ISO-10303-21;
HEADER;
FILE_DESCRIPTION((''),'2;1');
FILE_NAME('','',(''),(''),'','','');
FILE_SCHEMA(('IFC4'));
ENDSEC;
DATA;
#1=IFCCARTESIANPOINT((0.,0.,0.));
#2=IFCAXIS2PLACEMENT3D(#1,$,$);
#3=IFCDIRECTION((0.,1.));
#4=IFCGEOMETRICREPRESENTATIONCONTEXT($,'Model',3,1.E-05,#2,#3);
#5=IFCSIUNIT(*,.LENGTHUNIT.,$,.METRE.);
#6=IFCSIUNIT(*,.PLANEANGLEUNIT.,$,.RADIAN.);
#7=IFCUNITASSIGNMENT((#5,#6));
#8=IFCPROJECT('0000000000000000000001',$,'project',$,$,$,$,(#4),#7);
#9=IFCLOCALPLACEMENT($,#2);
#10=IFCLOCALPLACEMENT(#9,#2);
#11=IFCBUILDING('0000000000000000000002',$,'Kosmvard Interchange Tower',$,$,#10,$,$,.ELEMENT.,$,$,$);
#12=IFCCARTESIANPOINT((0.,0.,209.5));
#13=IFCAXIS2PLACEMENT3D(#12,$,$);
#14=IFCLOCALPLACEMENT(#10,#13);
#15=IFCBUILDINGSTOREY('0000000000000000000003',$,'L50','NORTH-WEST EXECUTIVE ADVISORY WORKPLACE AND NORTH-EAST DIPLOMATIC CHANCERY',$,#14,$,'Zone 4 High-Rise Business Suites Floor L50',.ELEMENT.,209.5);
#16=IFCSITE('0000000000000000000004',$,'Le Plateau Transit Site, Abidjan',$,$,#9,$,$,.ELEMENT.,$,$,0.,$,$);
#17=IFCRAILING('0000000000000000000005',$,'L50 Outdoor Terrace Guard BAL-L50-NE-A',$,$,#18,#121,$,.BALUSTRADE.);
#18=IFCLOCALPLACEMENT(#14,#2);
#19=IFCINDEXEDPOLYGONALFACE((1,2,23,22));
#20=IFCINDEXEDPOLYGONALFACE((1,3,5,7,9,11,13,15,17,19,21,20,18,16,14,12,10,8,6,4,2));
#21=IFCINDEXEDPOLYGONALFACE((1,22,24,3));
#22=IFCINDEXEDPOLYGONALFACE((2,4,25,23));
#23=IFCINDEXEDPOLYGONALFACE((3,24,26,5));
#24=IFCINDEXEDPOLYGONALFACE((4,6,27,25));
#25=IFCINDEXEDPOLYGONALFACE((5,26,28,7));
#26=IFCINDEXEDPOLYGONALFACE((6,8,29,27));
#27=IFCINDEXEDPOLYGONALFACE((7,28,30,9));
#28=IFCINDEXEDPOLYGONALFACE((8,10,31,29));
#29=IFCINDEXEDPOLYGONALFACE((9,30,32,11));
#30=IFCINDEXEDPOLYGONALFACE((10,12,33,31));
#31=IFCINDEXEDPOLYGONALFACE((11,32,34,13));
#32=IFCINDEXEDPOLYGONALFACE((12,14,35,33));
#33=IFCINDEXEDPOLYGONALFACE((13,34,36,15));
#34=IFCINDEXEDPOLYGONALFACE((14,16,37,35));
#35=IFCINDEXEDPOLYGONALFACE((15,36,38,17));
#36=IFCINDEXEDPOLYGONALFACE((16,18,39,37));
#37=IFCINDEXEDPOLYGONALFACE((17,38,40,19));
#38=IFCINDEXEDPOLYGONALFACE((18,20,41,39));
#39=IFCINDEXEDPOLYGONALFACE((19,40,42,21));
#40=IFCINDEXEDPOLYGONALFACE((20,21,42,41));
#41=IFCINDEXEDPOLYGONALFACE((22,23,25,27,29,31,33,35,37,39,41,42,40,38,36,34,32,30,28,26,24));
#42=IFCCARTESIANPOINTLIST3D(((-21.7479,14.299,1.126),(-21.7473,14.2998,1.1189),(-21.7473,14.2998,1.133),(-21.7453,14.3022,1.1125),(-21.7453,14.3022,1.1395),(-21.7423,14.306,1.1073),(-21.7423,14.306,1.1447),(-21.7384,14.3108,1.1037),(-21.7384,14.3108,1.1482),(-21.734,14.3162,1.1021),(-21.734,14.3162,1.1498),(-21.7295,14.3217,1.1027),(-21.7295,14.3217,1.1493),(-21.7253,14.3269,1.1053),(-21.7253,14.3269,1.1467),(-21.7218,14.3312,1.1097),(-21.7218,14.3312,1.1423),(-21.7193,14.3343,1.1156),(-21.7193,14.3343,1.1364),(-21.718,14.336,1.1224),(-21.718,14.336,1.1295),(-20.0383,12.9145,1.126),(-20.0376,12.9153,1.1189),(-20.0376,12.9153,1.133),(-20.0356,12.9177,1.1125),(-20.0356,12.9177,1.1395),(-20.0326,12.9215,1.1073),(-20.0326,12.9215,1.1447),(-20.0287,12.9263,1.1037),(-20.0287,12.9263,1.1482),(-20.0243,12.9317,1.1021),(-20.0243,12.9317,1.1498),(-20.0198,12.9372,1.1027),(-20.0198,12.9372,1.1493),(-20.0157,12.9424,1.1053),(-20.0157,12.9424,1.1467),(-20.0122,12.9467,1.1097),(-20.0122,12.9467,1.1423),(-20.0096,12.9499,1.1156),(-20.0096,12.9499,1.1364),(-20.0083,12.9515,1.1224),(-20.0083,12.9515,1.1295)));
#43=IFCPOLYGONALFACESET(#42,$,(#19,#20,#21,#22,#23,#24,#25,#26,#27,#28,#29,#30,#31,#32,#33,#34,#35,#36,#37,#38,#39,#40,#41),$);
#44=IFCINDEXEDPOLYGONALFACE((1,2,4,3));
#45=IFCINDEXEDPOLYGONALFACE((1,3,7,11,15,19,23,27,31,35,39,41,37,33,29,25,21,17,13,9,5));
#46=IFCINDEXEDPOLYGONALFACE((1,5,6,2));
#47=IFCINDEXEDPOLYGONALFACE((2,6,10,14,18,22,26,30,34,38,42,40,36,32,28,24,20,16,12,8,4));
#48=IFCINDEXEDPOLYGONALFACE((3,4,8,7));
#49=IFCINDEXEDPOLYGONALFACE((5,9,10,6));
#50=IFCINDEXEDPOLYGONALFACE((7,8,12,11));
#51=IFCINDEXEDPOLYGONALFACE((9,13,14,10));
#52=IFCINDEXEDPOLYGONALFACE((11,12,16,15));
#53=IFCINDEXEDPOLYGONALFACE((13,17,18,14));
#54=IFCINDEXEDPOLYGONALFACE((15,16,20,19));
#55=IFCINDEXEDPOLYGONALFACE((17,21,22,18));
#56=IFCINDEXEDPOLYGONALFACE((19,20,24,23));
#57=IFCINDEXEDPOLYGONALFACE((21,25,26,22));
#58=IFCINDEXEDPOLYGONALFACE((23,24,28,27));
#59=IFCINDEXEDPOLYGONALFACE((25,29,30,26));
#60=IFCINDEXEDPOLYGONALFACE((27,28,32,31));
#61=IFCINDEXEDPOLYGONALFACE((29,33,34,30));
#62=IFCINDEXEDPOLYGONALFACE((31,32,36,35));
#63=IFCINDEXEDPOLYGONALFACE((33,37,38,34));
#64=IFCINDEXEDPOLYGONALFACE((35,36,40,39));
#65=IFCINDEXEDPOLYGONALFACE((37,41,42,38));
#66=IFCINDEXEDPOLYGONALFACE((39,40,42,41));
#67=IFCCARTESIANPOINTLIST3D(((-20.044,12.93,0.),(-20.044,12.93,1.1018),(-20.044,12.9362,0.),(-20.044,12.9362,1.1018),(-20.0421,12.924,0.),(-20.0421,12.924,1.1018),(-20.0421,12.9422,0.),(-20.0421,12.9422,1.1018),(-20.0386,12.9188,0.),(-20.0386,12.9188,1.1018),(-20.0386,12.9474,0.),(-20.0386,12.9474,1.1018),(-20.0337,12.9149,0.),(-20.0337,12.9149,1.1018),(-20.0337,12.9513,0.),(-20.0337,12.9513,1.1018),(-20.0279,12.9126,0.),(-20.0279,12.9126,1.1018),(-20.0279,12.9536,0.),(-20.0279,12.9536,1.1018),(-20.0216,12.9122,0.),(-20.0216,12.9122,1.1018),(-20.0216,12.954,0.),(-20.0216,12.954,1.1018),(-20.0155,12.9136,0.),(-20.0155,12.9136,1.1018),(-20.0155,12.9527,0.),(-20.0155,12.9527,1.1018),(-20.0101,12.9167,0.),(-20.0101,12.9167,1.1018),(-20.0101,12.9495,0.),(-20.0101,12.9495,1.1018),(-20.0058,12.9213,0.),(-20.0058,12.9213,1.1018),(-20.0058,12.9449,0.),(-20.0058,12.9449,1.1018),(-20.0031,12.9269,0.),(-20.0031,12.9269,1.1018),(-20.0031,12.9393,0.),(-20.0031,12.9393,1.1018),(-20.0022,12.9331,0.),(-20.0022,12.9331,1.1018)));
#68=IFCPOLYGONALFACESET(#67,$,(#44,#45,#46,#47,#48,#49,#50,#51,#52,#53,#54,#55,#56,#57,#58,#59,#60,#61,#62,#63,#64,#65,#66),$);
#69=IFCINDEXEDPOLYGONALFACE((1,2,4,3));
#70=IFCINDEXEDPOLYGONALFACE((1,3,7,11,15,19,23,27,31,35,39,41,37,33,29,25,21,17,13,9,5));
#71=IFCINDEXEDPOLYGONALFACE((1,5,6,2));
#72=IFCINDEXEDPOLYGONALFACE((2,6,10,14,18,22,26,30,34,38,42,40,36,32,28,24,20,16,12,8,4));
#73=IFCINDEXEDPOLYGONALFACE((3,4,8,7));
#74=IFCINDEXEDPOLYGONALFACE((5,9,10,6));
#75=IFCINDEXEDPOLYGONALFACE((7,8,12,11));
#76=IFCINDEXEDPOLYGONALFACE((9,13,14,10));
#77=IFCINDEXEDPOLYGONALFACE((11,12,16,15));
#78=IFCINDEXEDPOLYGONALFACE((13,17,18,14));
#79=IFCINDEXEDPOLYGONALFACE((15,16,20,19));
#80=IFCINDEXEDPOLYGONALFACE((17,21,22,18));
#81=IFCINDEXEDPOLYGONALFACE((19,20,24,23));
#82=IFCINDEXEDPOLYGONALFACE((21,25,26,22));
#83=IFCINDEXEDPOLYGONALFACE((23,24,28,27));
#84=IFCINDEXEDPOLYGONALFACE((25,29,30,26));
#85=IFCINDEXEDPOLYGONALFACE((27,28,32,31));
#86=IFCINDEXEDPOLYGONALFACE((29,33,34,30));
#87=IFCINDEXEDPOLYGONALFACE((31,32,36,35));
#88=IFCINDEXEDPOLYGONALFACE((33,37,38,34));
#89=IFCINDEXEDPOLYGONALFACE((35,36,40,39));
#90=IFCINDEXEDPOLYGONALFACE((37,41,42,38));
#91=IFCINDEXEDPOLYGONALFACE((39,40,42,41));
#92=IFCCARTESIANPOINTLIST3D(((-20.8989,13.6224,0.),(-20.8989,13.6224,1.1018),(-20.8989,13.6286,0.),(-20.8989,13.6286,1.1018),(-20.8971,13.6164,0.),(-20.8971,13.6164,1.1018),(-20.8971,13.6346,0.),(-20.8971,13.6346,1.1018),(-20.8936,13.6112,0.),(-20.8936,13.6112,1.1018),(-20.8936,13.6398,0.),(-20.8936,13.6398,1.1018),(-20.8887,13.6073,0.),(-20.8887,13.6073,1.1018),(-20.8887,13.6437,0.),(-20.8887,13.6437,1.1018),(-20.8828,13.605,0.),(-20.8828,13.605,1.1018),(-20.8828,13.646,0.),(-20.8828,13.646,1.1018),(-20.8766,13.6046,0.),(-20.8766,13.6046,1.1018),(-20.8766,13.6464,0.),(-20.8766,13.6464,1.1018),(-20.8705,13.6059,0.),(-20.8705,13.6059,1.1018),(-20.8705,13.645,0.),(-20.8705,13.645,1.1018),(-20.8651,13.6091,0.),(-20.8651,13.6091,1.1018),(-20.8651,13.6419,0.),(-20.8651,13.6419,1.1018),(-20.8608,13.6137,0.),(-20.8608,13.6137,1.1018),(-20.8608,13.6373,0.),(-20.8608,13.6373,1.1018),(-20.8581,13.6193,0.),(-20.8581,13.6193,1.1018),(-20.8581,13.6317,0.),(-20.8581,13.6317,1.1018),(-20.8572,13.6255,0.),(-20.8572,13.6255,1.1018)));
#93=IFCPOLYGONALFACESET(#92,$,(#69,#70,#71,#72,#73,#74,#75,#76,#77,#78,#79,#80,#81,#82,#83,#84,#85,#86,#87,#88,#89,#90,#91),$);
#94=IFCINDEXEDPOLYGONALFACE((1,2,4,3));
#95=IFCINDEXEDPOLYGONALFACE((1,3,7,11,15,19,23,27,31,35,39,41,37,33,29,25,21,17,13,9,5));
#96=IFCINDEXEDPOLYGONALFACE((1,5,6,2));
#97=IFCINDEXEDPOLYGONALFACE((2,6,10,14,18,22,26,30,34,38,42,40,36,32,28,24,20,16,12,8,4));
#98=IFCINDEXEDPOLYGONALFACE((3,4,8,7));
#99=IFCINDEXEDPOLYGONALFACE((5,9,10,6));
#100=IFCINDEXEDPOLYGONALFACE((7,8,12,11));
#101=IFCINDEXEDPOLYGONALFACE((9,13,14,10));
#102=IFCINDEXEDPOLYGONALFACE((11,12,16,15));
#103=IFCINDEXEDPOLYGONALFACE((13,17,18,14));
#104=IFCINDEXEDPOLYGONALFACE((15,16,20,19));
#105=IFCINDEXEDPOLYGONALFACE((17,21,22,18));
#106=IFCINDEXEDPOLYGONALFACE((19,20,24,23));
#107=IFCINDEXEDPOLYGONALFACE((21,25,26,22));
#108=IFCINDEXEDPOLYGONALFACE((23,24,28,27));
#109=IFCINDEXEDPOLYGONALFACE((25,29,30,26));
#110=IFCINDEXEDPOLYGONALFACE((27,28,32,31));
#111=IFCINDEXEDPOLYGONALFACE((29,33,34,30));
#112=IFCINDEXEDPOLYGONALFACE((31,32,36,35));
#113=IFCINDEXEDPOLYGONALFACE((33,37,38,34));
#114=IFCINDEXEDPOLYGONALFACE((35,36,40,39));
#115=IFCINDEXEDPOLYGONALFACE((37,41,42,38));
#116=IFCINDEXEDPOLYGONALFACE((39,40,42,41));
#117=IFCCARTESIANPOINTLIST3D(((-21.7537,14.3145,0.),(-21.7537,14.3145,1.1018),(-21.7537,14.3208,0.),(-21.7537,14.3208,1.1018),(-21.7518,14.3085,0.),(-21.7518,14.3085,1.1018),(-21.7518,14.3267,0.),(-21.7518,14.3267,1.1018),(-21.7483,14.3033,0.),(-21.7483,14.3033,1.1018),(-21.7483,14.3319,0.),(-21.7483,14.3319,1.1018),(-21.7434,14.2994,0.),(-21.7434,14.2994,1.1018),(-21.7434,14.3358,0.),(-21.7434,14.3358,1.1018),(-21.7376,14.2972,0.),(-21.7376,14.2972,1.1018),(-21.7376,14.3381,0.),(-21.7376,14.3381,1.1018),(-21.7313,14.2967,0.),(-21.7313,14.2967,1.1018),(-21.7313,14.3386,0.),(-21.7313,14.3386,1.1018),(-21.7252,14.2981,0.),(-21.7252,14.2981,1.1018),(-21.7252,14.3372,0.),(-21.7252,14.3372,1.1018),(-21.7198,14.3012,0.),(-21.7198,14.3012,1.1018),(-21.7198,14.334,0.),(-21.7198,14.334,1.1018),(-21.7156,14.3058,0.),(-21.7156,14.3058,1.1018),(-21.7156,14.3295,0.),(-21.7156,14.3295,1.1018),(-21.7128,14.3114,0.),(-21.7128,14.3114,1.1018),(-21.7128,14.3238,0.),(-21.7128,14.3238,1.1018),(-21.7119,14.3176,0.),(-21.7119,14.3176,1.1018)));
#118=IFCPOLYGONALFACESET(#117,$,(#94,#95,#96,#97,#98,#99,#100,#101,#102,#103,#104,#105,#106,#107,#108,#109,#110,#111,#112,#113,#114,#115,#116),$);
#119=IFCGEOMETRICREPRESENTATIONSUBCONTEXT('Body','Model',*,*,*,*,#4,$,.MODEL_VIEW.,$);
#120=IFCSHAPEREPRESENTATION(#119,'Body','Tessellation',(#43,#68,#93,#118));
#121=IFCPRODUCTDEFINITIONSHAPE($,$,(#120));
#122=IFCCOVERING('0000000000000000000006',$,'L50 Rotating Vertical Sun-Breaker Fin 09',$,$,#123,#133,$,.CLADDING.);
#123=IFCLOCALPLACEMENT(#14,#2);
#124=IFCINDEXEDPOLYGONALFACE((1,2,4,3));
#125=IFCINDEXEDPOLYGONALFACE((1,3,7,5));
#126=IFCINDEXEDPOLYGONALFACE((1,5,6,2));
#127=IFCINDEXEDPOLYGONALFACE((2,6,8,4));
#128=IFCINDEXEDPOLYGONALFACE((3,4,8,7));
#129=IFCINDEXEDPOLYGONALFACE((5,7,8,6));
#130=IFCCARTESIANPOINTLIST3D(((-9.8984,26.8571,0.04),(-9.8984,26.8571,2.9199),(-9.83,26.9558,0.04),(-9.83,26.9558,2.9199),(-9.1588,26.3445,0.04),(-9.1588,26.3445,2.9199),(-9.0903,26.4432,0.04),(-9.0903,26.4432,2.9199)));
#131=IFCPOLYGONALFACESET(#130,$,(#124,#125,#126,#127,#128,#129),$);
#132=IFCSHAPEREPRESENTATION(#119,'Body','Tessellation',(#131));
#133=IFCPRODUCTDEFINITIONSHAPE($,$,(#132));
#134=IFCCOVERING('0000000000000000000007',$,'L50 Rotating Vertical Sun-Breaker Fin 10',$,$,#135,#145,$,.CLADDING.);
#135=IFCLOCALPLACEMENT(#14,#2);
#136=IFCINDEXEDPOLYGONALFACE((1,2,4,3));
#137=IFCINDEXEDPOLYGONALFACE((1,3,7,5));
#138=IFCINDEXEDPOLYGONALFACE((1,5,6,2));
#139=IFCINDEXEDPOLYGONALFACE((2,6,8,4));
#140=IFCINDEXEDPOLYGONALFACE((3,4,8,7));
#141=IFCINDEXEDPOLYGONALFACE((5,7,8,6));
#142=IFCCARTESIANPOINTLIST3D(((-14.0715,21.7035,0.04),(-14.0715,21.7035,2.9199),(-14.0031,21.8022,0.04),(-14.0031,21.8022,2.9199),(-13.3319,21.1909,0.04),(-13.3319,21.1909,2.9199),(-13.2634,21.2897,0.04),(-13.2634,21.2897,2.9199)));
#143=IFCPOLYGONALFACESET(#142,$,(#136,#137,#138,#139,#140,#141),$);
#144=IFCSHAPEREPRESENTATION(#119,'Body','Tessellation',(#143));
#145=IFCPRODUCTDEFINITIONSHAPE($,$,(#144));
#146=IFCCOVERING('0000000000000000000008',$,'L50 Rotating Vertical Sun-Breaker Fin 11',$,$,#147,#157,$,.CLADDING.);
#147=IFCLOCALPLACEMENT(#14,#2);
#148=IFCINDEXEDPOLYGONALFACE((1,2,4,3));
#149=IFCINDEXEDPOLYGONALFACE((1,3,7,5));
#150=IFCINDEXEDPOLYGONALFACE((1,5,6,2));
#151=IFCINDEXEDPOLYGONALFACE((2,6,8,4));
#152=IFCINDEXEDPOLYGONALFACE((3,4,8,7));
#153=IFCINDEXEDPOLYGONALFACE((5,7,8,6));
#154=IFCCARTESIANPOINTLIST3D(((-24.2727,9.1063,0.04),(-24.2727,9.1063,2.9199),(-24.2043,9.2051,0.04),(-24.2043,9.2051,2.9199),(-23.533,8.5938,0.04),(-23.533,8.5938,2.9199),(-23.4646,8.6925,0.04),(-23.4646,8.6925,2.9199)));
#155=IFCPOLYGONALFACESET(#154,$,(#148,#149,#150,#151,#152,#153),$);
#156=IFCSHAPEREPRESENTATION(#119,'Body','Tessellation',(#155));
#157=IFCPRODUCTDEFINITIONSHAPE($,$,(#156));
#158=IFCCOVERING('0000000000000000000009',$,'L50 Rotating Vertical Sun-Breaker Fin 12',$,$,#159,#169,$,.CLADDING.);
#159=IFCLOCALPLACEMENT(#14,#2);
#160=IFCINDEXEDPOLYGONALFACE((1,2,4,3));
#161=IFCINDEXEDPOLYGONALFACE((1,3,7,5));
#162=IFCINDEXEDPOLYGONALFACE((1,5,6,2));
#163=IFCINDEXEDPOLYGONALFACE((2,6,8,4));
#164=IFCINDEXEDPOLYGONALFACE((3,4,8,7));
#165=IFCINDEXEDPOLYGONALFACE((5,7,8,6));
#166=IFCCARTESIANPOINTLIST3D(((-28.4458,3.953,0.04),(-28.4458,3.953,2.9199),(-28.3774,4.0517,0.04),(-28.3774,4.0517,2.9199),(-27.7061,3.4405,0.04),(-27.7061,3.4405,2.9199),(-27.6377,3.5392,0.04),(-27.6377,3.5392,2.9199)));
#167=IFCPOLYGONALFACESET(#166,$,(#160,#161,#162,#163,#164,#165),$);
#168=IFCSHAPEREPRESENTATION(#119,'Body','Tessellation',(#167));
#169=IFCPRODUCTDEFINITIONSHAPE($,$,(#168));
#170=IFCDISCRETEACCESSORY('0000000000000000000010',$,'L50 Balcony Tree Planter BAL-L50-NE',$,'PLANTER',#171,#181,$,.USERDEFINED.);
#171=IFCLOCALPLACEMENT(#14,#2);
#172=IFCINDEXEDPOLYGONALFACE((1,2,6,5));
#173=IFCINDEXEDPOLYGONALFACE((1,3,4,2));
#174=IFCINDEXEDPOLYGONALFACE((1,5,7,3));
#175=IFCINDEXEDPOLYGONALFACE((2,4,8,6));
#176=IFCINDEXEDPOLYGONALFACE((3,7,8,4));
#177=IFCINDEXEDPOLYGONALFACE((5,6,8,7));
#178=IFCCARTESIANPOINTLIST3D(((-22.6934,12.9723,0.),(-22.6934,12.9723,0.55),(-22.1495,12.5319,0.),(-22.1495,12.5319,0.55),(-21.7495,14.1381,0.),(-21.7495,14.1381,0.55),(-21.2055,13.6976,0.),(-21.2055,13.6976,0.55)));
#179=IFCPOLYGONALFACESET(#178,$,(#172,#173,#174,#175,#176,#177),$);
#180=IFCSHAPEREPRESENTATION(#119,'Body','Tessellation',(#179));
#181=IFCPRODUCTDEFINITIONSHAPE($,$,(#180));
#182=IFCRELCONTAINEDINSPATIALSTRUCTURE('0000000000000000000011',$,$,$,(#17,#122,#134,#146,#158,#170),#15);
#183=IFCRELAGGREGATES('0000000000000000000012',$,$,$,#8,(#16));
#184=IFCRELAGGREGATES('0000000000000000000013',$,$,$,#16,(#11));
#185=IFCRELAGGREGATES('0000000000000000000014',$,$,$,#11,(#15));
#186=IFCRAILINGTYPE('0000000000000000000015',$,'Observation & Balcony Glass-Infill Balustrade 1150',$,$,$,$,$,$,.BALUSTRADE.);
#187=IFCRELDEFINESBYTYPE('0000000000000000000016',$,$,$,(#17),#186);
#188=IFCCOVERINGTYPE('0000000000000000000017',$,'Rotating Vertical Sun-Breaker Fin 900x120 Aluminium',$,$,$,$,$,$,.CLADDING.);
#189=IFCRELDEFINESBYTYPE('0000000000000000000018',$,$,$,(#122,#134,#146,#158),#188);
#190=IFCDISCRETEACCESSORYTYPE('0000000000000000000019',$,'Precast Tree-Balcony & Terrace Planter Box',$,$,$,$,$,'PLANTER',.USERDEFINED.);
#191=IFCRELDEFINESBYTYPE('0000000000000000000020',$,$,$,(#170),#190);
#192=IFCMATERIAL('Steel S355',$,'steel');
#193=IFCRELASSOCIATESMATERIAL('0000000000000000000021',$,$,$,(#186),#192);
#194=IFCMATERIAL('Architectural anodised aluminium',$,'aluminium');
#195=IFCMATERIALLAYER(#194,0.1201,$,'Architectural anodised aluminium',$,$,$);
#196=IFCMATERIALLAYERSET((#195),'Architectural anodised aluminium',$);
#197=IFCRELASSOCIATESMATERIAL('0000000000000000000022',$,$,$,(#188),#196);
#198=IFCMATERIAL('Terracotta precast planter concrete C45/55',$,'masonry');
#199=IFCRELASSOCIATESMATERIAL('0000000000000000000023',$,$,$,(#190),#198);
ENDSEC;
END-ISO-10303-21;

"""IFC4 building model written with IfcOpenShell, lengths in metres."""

from ifc_helpers import new_model, si_unit, direction, frame, origin, origin_2d, place, context, subcontext, project, spatial, rectangle, circle, extrude, source, transform, mapped, material, layer, layer_set, type_object, element, save


model = new_model("IFC4")

# Units and contexts
model_context = context("Model", 3, precision=1e-05, world=origin(), true_north=direction((0.0, 1.0)))
body_context = subcontext(model_context, "Body", "Model", "MODEL_VIEW")
ifc_project = project(units=[si_unit("LENGTHUNIT", "METRE"), si_unit("PLANEANGLEUNIT", "RADIAN")], contexts=[model_context])

# Site, building, storey
site_placement = place(None, origin())
site = spatial("IfcSite", under=ifc_project, at=site_placement, Name="Le Plateau Transit Site, Abidjan", CompositionType="ELEMENT", RefElevation=0.0)
building_placement = place(site_placement, origin())
building = spatial("IfcBuilding", under=site, at=building_placement, Name="Kosmvard Interchange Tower", CompositionType="ELEMENT")
storey_placement = place(building_placement, frame((0.0, 0.0, 209.5)))
storey = spatial("IfcBuildingStorey", under=building, at=storey_placement, Name="L50", Description="NORTH-WEST EXECUTIVE ADVISORY WORKPLACE AND NORTH-EAST DIPLOMATIC CHANCERY", LongName="Zone 4 High-Rise Business Suites Floor L50", CompositionType="ELEMENT", Elevation=209.5)

# Shared definitions
ifc_material_1 = material(Name="Steel S355", Category="steel")

# Railing
railing_type = type_object("IfcRailingType", Name="Observation & Balcony Glass-Infill Balustrade 1150", PredefinedType="BALUSTRADE", material=ifc_material_1)
shared_shape_1 = source(origin(), body_context, "Body", "SweptSolid", [
    extrude(circle(Radius=0.0239, at=origin_2d()), frame((0.0, 0.0, 1.126), z_axis=(-0.777141, 0.629326, 0.0), x_axis=(-0.629326, -0.777141, 0.0)), (0.0, 0.0, 1.0), 2.2),
    extrude(circle(Radius=0.021, at=origin_2d()), origin(), (0.0, 0.0, 1.0), 1.1018),
    extrude(circle(Radius=0.021, at=origin_2d()), frame((-0.855, 0.6924, 0.0)), (0.0, 0.0, 1.0), 1.1018),
    extrude(circle(Radius=0.021, at=origin_2d()), frame((-1.7097, 1.3845, 0.0)), (0.0, 0.0, 1.0), 1.1018),
])
railing_1_placement = place(storey_placement, frame((-20.0232, 12.9331, 0.0)))
element("IfcRailing", 1, at=railing_1_placement, inside=storey, type_object=railing_type, Name="L50 Outdoor Terrace Guard BAL-L50-NE-A", PredefinedType="BALUSTRADE", context=body_context, shape_type="MappedRepresentation", body=[
    mapped(shared_shape_1, transform((0.0, 0.0, 0.0), scale=1.0)),
])

# Coverings
ifc_material_2 = material(Name="Architectural anodised aluminium", Category="aluminium")
ifc_layer_1 = layer(ifc_material_2, 0.1201, Name="Architectural anodised aluminium")
ifc_layer_set_1 = layer_set([ifc_layer_1], Name="Architectural anodised aluminium")
covering_type = type_object("IfcCoveringType", Name="Rotating Vertical Sun-Breaker Fin 900x120 Aluminium", PredefinedType="CLADDING", material=ifc_layer_set_1)
shared_shape_2 = source(origin(), body_context, "Body", "SweptSolid", [
    extrude(rectangle(XDim=0.8999, YDim=0.1201, at=origin_2d()), origin(), (0.0, 0.0, 1.0), 2.8799),
])
for number, where, z_axis, x_axis, name in (
    (2, (-9.4944, 26.6501, 0.04), (0.0, 0.0, 1.0), (-0.821945, 0.569566, 0.0), "L50 Rotating Vertical Sun-Breaker Fin 09"),
    (3, (-13.6675, 21.4966, 0.04), (0.0, 0.0, 1.0), (-0.821945, 0.569566, 0.0), "L50 Rotating Vertical Sun-Breaker Fin 10"),
    (4, (-23.8687, 8.8994, 0.04), (0.0, 0.0, 1.0), (-0.821945, 0.569566, 0.0), "L50 Rotating Vertical Sun-Breaker Fin 11"),
    (5, (-28.0417, 3.7461, 0.04), (0.0, 0.0, 1.0), (-0.821945, 0.569566, 0.0), "L50 Rotating Vertical Sun-Breaker Fin 12"),
):
    element("IfcCovering", number, at=place(storey_placement, frame(where, z_axis=z_axis, x_axis=x_axis)), inside=storey, type_object=covering_type, Name=name, PredefinedType="CLADDING", context=body_context, shape_type="MappedRepresentation", body=[
        mapped(shared_shape_2, transform((0.0, 0.0, 0.0), scale=1.0)),
    ])

# Discrete accessory
ifc_material_3 = material(Name="Terracotta precast planter concrete C45/55", Category="masonry")
discrete_accessory_type = type_object("IfcDiscreteAccessoryType", Name="Precast Tree-Balcony & Terrace Planter Box", ElementType="PLANTER", PredefinedType="USERDEFINED", material=ifc_material_3)
shared_shape_3 = source(origin(), body_context, "Body", "SweptSolid", [
    extrude(rectangle(XDim=1.5, YDim=0.7, at=origin_2d()), origin(), (0.0, 0.0, 1.0), 0.55),
])
discrete_accessory_placement = place(storey_placement, frame((-21.9495, 13.335, 0.0), z_axis=(0.0, 0.0, 1.0), x_axis=(0.62932, 0.777146, 0.0)))
element("IfcDiscreteAccessory", 6, at=discrete_accessory_placement, inside=storey, type_object=discrete_accessory_type, Name="L50 Balcony Tree Planter BAL-L50-NE", ObjectType="PLANTER", PredefinedType="USERDEFINED", context=body_context, shape_type="MappedRepresentation", body=[
    mapped(shared_shape_3, transform((0.0, 0.0, 0.0), scale=1.0)),
])

save(model, "model.ifc")
